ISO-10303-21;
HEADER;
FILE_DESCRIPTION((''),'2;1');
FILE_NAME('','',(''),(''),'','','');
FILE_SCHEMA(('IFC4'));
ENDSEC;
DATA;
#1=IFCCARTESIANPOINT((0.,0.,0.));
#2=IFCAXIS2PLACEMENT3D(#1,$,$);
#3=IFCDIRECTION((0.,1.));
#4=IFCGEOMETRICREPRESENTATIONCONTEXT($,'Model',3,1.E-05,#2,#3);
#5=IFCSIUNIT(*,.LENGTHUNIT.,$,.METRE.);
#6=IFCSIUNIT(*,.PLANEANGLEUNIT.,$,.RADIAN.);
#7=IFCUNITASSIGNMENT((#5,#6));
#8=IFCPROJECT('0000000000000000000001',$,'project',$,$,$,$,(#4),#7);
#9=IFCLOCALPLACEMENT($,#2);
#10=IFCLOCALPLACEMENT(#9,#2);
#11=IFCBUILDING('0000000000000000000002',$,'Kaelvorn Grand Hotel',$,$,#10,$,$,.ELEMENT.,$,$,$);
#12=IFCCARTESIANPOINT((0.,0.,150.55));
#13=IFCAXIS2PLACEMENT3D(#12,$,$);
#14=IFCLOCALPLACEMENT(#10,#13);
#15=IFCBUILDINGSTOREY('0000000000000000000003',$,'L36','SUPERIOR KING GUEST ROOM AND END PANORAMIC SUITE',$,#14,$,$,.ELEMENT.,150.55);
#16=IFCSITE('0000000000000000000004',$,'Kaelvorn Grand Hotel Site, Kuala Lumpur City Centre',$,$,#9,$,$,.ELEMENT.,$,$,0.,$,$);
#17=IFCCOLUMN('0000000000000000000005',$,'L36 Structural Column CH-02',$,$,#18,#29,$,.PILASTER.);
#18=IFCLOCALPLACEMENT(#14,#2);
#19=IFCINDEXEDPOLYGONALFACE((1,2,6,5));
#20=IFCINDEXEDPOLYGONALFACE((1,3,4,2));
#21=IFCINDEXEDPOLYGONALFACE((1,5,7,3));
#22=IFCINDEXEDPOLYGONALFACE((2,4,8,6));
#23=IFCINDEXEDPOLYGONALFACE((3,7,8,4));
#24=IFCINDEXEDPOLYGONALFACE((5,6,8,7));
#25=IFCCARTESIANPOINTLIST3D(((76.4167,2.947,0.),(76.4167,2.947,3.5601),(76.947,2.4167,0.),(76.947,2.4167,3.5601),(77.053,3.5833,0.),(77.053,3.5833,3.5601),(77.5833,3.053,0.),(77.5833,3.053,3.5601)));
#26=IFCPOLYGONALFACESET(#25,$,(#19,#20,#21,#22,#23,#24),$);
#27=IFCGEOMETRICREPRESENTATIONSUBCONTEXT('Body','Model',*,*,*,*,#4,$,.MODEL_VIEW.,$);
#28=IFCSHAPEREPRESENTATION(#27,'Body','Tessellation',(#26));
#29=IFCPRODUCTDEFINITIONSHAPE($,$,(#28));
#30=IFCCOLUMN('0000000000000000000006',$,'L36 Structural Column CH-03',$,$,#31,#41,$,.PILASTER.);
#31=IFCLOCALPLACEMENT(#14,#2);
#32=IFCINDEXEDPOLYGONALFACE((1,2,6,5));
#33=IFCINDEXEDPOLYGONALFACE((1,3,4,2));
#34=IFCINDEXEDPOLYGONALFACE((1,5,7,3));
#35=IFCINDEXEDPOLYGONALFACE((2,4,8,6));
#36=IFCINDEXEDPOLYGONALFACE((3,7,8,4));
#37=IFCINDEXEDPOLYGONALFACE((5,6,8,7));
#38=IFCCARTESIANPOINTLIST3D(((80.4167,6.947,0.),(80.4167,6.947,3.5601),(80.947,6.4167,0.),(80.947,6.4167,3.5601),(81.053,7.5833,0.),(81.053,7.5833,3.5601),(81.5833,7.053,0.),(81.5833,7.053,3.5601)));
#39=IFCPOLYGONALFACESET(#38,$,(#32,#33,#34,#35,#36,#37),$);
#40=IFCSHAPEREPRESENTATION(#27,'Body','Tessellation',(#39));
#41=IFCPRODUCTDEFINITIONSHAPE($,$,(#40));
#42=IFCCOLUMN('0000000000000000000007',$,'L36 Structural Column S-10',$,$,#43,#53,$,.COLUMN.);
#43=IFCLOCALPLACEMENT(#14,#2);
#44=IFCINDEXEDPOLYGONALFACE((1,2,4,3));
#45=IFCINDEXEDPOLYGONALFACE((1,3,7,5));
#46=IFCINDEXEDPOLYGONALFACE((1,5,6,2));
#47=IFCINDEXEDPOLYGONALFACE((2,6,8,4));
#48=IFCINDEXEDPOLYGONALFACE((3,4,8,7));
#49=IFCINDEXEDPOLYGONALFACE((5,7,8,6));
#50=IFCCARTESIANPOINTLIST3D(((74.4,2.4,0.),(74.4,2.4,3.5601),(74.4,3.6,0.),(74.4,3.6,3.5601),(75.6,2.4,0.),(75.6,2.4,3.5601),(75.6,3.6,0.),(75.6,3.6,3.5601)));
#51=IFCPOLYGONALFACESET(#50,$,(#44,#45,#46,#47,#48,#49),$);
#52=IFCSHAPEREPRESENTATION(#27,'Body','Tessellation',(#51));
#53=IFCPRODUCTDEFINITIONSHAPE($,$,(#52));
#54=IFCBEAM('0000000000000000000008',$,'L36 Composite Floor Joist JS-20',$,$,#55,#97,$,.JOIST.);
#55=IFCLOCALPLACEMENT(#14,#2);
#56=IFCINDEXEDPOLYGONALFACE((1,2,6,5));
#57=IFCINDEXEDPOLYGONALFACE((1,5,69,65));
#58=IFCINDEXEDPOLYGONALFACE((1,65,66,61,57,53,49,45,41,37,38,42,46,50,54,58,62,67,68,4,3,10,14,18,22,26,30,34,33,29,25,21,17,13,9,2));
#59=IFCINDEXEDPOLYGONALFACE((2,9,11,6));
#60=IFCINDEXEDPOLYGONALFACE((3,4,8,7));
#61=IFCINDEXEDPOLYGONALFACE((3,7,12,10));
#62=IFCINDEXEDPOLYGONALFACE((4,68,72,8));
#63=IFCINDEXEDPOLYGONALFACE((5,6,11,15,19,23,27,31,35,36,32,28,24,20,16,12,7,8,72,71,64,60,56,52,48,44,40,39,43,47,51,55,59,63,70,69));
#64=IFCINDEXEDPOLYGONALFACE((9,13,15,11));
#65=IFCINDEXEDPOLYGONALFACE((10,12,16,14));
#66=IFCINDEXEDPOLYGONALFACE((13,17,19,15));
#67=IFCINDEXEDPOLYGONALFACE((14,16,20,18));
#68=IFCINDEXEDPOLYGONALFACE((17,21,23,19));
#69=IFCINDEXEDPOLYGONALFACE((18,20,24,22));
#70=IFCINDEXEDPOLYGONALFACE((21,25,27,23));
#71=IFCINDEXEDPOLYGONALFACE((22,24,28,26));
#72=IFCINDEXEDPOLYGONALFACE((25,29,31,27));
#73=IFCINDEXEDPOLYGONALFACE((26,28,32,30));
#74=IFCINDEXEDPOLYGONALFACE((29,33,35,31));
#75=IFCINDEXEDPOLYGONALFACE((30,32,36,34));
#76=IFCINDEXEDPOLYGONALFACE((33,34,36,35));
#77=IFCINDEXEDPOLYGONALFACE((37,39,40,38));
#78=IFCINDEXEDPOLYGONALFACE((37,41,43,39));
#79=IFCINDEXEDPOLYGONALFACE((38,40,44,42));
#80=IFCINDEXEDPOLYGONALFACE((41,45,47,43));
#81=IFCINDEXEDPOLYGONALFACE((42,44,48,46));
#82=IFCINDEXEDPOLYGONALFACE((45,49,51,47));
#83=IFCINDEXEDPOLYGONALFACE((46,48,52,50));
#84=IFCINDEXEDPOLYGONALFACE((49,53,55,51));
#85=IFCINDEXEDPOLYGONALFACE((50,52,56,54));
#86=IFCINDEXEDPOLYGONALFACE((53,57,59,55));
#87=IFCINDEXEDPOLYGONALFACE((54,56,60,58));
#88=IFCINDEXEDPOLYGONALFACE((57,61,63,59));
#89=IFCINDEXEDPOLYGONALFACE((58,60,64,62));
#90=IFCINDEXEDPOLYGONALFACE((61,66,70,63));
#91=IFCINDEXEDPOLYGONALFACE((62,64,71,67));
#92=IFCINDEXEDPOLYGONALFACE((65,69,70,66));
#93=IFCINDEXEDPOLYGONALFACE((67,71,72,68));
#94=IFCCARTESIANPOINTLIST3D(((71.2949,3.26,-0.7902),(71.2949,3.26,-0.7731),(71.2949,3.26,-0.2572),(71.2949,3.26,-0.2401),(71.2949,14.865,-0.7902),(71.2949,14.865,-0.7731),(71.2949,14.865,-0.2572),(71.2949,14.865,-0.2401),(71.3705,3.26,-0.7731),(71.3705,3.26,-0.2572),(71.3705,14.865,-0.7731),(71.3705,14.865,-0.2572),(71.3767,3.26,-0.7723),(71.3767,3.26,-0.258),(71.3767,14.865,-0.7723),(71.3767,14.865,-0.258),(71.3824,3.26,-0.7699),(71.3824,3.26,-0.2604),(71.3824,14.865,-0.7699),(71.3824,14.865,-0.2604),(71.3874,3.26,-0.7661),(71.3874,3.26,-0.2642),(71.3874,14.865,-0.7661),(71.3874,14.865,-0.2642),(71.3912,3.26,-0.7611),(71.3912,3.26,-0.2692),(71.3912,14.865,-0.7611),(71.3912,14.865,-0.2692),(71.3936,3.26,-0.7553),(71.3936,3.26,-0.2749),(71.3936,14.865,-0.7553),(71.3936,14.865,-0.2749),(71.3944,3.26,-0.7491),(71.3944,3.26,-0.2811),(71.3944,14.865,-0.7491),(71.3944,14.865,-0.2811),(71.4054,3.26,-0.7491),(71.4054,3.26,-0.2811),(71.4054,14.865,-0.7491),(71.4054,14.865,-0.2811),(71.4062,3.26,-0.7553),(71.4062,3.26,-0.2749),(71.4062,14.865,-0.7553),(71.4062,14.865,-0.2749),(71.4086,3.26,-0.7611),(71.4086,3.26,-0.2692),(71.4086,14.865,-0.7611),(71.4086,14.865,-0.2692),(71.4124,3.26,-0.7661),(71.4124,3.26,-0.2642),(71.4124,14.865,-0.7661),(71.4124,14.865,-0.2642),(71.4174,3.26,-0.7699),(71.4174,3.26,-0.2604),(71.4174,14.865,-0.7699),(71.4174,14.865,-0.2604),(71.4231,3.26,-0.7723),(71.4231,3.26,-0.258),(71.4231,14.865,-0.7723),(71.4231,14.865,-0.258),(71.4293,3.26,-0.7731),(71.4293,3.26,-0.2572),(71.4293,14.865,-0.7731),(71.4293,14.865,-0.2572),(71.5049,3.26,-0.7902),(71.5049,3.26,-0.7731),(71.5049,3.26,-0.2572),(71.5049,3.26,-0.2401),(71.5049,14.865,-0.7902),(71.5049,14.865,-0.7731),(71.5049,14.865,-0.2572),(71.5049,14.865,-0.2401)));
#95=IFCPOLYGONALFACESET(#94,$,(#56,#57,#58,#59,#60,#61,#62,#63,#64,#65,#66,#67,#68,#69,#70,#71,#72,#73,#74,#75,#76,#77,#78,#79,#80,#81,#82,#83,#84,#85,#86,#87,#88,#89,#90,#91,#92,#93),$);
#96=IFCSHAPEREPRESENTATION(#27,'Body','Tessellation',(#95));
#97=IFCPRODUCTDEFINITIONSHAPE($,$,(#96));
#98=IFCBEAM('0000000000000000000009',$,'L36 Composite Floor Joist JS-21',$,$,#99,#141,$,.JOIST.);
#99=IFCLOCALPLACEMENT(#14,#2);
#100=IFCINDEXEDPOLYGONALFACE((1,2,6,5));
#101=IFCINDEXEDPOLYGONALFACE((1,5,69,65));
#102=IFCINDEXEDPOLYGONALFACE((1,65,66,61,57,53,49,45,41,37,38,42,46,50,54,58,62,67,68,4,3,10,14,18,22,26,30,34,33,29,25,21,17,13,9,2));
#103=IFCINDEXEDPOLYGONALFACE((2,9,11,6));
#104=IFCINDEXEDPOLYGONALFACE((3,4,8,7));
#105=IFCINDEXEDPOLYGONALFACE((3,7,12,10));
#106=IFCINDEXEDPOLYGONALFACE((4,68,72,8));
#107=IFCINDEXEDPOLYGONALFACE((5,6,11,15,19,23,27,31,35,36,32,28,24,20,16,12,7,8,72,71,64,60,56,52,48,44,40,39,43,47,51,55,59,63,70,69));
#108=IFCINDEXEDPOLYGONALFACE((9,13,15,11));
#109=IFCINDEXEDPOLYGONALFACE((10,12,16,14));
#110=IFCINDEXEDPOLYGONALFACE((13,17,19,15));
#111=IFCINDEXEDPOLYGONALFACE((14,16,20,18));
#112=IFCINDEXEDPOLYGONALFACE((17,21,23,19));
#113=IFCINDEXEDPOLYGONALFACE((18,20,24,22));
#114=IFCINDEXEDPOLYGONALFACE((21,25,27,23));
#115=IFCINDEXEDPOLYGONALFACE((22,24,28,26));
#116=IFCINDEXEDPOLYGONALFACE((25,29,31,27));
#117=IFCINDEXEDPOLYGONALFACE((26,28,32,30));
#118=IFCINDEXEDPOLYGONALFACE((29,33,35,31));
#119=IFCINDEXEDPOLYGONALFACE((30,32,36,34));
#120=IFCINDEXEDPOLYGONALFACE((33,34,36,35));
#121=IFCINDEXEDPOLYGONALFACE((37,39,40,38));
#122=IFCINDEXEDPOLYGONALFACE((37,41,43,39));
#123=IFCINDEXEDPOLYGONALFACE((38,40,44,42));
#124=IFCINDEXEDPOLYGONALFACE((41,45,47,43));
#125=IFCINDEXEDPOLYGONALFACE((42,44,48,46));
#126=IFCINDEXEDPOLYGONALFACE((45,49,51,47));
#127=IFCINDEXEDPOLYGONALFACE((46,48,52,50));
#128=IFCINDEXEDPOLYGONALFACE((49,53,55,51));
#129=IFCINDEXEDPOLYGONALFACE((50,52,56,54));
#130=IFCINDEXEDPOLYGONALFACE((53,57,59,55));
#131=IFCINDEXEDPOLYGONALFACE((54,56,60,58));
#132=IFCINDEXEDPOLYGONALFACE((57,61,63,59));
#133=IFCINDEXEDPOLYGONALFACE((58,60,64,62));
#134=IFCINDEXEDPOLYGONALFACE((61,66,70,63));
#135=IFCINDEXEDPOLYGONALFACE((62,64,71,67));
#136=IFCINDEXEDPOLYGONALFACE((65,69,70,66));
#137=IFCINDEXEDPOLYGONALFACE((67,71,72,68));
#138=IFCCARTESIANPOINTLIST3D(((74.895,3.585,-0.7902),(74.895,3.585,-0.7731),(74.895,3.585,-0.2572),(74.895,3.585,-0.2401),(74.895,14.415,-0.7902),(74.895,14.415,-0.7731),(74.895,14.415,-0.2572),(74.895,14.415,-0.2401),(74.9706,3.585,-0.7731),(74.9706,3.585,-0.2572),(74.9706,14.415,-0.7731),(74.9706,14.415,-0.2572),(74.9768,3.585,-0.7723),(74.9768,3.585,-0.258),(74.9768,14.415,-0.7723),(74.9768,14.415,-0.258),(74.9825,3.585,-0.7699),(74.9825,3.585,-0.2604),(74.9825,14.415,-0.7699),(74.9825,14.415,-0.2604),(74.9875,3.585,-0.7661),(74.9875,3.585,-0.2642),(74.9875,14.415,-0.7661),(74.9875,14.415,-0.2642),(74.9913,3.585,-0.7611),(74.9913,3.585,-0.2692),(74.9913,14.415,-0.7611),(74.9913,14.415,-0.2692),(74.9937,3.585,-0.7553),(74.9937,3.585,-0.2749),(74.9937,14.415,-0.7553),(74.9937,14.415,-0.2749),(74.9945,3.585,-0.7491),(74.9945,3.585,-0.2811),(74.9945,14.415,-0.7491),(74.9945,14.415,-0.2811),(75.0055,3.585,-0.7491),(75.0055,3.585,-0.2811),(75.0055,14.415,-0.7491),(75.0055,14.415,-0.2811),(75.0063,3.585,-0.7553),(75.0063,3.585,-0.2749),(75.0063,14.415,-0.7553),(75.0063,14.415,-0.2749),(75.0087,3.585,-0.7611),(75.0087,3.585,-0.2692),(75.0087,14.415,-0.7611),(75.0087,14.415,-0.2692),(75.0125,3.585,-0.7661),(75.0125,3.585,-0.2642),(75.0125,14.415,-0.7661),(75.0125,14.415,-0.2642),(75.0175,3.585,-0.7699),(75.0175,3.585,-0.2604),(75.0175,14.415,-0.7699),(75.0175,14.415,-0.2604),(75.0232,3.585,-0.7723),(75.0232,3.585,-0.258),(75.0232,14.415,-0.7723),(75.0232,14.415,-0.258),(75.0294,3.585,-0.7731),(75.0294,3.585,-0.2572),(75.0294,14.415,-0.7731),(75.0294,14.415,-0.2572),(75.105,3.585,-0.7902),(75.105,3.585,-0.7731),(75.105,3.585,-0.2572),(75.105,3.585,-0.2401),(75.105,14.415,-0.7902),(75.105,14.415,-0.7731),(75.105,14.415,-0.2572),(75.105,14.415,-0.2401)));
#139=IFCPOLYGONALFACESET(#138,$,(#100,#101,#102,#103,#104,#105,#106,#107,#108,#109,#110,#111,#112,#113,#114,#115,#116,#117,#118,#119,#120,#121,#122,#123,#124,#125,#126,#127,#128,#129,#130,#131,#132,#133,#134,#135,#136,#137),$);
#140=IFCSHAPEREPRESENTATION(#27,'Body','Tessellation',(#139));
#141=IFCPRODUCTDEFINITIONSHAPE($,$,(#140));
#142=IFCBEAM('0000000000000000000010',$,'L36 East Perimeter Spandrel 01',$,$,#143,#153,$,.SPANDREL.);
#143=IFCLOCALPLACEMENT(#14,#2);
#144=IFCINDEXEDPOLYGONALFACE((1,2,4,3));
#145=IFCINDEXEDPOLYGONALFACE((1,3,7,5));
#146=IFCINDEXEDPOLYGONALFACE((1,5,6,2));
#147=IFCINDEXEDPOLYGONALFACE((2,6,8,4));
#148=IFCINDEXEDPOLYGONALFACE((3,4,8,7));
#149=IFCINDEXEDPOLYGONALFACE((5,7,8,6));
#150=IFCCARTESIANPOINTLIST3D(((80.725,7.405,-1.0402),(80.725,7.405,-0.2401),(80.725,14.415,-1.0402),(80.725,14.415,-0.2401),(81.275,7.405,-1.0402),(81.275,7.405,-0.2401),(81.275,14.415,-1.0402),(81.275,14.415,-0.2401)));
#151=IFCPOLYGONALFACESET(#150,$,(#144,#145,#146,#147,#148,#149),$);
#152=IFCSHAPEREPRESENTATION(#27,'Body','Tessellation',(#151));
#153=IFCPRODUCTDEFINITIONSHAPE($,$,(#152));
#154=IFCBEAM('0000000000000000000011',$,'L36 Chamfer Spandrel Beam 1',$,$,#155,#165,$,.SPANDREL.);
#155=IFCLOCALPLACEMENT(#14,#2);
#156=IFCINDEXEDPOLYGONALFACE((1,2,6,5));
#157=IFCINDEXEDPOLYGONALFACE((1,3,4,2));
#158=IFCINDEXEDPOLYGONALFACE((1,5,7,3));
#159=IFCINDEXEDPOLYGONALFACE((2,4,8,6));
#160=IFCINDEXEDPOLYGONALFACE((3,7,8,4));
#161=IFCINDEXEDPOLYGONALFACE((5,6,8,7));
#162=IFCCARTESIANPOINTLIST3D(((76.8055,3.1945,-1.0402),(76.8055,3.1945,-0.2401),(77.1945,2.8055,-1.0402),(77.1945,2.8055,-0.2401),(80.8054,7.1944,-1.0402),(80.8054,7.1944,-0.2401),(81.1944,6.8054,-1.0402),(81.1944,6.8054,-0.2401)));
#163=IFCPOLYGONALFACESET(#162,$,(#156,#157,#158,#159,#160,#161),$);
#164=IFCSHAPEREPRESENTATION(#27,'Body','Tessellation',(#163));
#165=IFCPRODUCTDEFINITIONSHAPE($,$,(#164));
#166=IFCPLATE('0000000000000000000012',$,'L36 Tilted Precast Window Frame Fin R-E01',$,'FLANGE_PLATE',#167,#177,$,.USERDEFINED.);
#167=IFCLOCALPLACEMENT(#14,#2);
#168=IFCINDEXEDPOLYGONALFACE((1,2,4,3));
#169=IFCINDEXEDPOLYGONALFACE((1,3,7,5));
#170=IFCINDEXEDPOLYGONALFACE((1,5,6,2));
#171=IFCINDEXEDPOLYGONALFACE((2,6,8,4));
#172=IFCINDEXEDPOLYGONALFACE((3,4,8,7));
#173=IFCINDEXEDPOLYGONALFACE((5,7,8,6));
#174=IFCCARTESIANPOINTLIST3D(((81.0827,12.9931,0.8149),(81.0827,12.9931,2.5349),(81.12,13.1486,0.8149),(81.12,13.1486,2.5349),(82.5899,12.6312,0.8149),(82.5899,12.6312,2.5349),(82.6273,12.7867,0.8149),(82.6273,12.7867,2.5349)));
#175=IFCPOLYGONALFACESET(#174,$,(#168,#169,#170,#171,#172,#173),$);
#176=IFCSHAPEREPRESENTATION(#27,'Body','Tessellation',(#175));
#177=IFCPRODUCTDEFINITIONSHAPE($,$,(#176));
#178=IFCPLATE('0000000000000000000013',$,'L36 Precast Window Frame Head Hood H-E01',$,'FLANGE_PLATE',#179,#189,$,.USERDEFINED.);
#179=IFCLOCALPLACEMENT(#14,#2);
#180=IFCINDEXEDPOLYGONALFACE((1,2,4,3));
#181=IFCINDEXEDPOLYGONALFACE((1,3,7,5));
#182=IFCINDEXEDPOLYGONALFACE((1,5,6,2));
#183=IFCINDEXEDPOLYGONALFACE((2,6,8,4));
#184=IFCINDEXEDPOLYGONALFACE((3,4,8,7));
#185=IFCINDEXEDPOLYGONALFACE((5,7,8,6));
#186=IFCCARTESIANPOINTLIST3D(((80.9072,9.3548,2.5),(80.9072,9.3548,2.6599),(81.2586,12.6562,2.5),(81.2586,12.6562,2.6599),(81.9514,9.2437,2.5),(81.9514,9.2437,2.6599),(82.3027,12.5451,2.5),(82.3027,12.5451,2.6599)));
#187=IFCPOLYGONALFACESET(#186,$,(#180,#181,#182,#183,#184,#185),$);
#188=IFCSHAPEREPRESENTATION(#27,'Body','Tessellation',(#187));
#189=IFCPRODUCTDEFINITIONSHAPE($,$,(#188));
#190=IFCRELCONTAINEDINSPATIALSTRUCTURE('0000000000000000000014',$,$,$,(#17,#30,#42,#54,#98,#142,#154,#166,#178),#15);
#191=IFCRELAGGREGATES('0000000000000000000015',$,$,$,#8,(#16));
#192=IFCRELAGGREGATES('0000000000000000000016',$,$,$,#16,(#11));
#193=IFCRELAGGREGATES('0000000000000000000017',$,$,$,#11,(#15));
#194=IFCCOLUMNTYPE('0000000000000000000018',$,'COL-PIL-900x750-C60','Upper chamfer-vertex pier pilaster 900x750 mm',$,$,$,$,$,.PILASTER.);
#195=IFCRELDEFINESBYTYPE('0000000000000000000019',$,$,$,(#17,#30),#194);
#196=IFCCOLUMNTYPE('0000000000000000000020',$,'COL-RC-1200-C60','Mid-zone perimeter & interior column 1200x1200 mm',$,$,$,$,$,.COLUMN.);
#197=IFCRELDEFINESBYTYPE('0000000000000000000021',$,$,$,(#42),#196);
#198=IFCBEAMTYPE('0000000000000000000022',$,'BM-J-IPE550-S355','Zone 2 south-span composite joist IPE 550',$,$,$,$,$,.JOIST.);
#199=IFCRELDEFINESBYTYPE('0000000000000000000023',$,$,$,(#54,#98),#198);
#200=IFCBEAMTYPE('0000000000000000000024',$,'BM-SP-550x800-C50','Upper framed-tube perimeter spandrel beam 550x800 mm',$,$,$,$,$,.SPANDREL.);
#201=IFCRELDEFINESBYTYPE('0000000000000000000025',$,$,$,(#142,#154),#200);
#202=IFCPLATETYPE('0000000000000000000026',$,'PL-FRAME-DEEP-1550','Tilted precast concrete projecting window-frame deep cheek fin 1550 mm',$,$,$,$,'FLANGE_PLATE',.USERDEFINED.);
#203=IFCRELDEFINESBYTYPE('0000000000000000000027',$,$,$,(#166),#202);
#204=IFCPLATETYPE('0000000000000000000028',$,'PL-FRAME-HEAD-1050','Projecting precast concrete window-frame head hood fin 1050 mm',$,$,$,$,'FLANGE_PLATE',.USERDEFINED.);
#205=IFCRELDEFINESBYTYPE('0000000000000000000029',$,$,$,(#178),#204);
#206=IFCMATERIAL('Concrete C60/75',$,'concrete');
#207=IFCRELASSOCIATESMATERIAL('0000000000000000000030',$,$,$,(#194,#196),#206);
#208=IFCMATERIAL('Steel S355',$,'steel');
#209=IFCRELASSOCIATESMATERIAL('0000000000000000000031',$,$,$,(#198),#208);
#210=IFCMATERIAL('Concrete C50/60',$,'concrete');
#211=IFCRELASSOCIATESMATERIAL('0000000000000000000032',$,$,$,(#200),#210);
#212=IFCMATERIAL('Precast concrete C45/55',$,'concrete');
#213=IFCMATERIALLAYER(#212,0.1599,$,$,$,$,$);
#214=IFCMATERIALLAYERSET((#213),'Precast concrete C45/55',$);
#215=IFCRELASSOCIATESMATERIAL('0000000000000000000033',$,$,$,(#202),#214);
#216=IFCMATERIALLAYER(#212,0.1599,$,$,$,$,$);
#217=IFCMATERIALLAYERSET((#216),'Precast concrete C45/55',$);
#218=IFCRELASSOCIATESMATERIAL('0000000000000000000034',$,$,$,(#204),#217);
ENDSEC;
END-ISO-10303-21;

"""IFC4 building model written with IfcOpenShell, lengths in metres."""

from ifc_helpers import new_model, si_unit, direction, frame, origin, origin_2d, place, context, subcontext, project, spatial, rectangle, i_section, extrude, material, layer, layer_set, material_profile, profile_set, type_object, element, save


model = new_model("IFC4")

# Units and contexts
model_context = context("Model", 3, precision=1e-05, world=origin(), true_north=direction((0.0, 1.0)))
body_context = subcontext(model_context, "Body", "Model", "MODEL_VIEW")
ifc_project = project(units=[si_unit("LENGTHUNIT", "METRE"), si_unit("PLANEANGLEUNIT", "RADIAN")], contexts=[model_context])

# Site, building, storey
site_placement = place(None, origin())
site = spatial("IfcSite", under=ifc_project, at=site_placement, Name="Kaelvorn Grand Hotel Site, Kuala Lumpur City Centre", CompositionType="ELEMENT", RefElevation=0.0)
building_placement = place(site_placement, origin())
building = spatial("IfcBuilding", under=site, at=building_placement, Name="Kaelvorn Grand Hotel", CompositionType="ELEMENT")
storey_placement = place(building_placement, frame((0.0, 0.0, 150.55)))
storey = spatial("IfcBuildingStorey", under=building, at=storey_placement, Name="L36", Description="SUPERIOR KING GUEST ROOM AND END PANORAMIC SUITE", CompositionType="ELEMENT", Elevation=150.55)

# Columns
ifc_material_1 = material(Name="Concrete C60/75", Category="concrete")
ifc_material_profile_1 = material_profile(ifc_material_1, rectangle(XDim=0.8999, YDim=0.75, at=origin_2d()), Name="RC PILASTER 900x750")
ifc_profile_set_1 = profile_set([ifc_material_profile_1], Name="Concrete C60/75")
column_type_1 = type_object("IfcColumnType", Name="COL-PIL-900x750-C60", Description="Upper chamfer-vertex pier pilaster 900x750 mm", PredefinedType="PILASTER", material=ifc_profile_set_1)
for number, where, z_axis, x_axis, name in (
    (1, (77.0, 3.0, 0.0), (0.0, 0.0, 1.0), (0.707107, 0.707107, 0.0), "L36 Structural Column CH-02"),
    (2, (81.0, 7.0, 0.0), (0.0, 0.0, 1.0), (0.707107, 0.707107, 0.0), "L36 Structural Column CH-03"),
):
    element("IfcColumn", number, at=place(storey_placement, frame(where, z_axis=z_axis, x_axis=x_axis)), inside=storey, type_object=column_type_1, Name=name, PredefinedType="PILASTER", context=body_context, shape_type="SweptSolid", body=[
        extrude(rectangle(XDim=0.8999, YDim=0.75, at=origin_2d()), origin(), (0.0, 0.0, 1.0), 3.5601),
    ])
ifc_material_profile_2 = material_profile(ifc_material_1, rectangle(XDim=1.2, YDim=1.2, at=origin_2d()), Name="RC COL 1200x1200")
ifc_profile_set_2 = profile_set([ifc_material_profile_2], Name="Concrete C60/75")
column_type_2 = type_object("IfcColumnType", Name="COL-RC-1200-C60", Description="Mid-zone perimeter & interior column 1200x1200 mm", PredefinedType="COLUMN", material=ifc_profile_set_2)
column_placement = place(storey_placement, frame((75.0, 3.0, 0.0), z_axis=(0.0, 0.0, 1.0), x_axis=(1.0, 0.0, 0.0)))
element("IfcColumn", 3, at=column_placement, inside=storey, type_object=column_type_2, Name="L36 Structural Column S-10", PredefinedType="COLUMN", context=body_context, shape_type="SweptSolid", body=[
    extrude(rectangle(XDim=1.2, YDim=1.2, at=origin_2d()), origin(), (0.0, 0.0, 1.0), 3.5601),
])

# Beams
ifc_material_2 = material(Name="Steel S355", Category="steel")
ifc_material_profile_3 = material_profile(ifc_material_2, i_section(OverallWidth=0.21, OverallDepth=0.55, WebThickness=0.011, FlangeThickness=0.0171, FilletRadius=0.0239, at=origin_2d()), Name="IPE 550")
ifc_profile_set_3 = profile_set([ifc_material_profile_3], Name="Steel S355")
beam_type_1 = type_object("IfcBeamType", Name="BM-J-IPE550-S355", Description="Zone 2 south-span composite joist IPE 550", PredefinedType="JOIST", material=ifc_profile_set_3)
beam_1_placement = place(storey_placement, frame((71.3999, 3.26, -0.5151), z_axis=(0.0, 1.0, 0.0), x_axis=(-1.0, 0.0, 0.0)))
element("IfcBeam", 4, at=beam_1_placement, inside=storey, type_object=beam_type_1, Name="L36 Composite Floor Joist JS-20", PredefinedType="JOIST", context=body_context, shape_type="SweptSolid", body=[
    extrude(i_section(OverallWidth=0.21, OverallDepth=0.55, WebThickness=0.011, FlangeThickness=0.0171, FilletRadius=0.0239, at=origin_2d()), origin(), (0.0, 0.0, 1.0), 11.605),
])
beam_2_placement = place(storey_placement, frame((75.0, 3.585, -0.5151), z_axis=(0.0, 1.0, 0.0), x_axis=(-1.0, 0.0, 0.0)))
element("IfcBeam", 5, at=beam_2_placement, inside=storey, type_object=beam_type_1, Name="L36 Composite Floor Joist JS-21", PredefinedType="JOIST", context=body_context, shape_type="SweptSolid", body=[
    extrude(i_section(OverallWidth=0.21, OverallDepth=0.55, WebThickness=0.011, FlangeThickness=0.0171, FilletRadius=0.0239, at=origin_2d()), origin(), (0.0, 0.0, 1.0), 10.8301),
])
ifc_material_3 = material(Name="Concrete C50/60", Category="concrete")
ifc_material_profile_4 = material_profile(ifc_material_3, rectangle(XDim=0.55, YDim=0.8, at=origin_2d()), Name="RC SPANDREL 550x800")
ifc_profile_set_4 = profile_set([ifc_material_profile_4], Name="Concrete C50/60")
beam_type_2 = type_object("IfcBeamType", Name="BM-SP-550x800-C50", Description="Upper framed-tube perimeter spandrel beam 550x800 mm", PredefinedType="SPANDREL", material=ifc_profile_set_4)
beam_3_placement = place(storey_placement, frame((81.0, 7.405, -0.6401), z_axis=(0.0, 1.0, 0.0), x_axis=(-1.0, 0.0, 0.0)))
element("IfcBeam", 6, at=beam_3_placement, inside=storey, type_object=beam_type_2, Name="L36 East Perimeter Spandrel 01", PredefinedType="SPANDREL", context=body_context, shape_type="SweptSolid", body=[
    extrude(rectangle(XDim=0.55, YDim=0.8, at=origin_2d()), origin(), (0.0, 0.0, 1.0), 7.01),
])
beam_4_placement = place(storey_placement, frame((77.0, 3.0, -0.6401), z_axis=(0.707107, 0.707107, 0.0), x_axis=(-0.707107, 0.707107, 0.0)))
element("IfcBeam", 7, at=beam_4_placement, inside=storey, type_object=beam_type_2, Name="L36 Chamfer Spandrel Beam 1", PredefinedType="SPANDREL", context=body_context, shape_type="SweptSolid", body=[
    extrude(rectangle(XDim=0.55, YDim=0.8, at=origin_2d()), origin(), (0.0, 0.0, 1.0), 5.6567),
])

# Plates
ifc_material_4 = material(Name="Precast concrete C45/55", Category="concrete")
ifc_layer_1 = layer(ifc_material_4, 0.1599)
ifc_layer_set_1 = layer_set([ifc_layer_1], Name="Precast concrete C45/55")
plate_type_1 = type_object("IfcPlateType", Name="PL-FRAME-DEEP-1550", Description="Tilted precast concrete projecting window-frame deep cheek fin 1550 mm", ElementType="FLANGE_PLATE", PredefinedType="USERDEFINED", material=ifc_layer_set_1)
plate_1_placement = place(storey_placement, frame((81.855, 12.8899, 0.8149), z_axis=(0.0, 0.0, 1.0), x_axis=(0.233445, 0.97237, 0.0)))
element("IfcPlate", 8, at=plate_1_placement, inside=storey, type_object=plate_type_1, Name="L36 Tilted Precast Window Frame Fin R-E01", ObjectType="FLANGE_PLATE", PredefinedType="USERDEFINED", context=body_context, shape_type="SweptSolid", body=[
    extrude(rectangle(XDim=0.1599, YDim=1.55, at=origin_2d()), origin(), (0.0, 0.0, 1.0), 1.72),
])
ifc_layer_2 = layer(ifc_material_4, 0.1599)
ifc_layer_set_2 = layer_set([ifc_layer_2], Name="Precast concrete C45/55")
plate_type_2 = type_object("IfcPlateType", Name="PL-FRAME-HEAD-1050", Description="Projecting precast concrete window-frame head hood fin 1050 mm", ElementType="FLANGE_PLATE", PredefinedType="USERDEFINED", material=ifc_layer_set_2)
plate_2_placement = place(storey_placement, frame((81.605, 10.95, 2.5), z_axis=(0.0, 0.0, 1.0), x_axis=(0.10583, 0.994384, 0.0)))
element("IfcPlate", 9, at=plate_2_placement, inside=storey, type_object=plate_type_2, Name="L36 Precast Window Frame Head Hood H-E01", ObjectType="FLANGE_PLATE", PredefinedType="USERDEFINED", context=body_context, shape_type="SweptSolid", body=[
    extrude(rectangle(XDim=3.3201, YDim=1.05, at=origin_2d()), origin(), (0.0, 0.0, 1.0), 0.1599),
])

save(model, "model.ifc")
